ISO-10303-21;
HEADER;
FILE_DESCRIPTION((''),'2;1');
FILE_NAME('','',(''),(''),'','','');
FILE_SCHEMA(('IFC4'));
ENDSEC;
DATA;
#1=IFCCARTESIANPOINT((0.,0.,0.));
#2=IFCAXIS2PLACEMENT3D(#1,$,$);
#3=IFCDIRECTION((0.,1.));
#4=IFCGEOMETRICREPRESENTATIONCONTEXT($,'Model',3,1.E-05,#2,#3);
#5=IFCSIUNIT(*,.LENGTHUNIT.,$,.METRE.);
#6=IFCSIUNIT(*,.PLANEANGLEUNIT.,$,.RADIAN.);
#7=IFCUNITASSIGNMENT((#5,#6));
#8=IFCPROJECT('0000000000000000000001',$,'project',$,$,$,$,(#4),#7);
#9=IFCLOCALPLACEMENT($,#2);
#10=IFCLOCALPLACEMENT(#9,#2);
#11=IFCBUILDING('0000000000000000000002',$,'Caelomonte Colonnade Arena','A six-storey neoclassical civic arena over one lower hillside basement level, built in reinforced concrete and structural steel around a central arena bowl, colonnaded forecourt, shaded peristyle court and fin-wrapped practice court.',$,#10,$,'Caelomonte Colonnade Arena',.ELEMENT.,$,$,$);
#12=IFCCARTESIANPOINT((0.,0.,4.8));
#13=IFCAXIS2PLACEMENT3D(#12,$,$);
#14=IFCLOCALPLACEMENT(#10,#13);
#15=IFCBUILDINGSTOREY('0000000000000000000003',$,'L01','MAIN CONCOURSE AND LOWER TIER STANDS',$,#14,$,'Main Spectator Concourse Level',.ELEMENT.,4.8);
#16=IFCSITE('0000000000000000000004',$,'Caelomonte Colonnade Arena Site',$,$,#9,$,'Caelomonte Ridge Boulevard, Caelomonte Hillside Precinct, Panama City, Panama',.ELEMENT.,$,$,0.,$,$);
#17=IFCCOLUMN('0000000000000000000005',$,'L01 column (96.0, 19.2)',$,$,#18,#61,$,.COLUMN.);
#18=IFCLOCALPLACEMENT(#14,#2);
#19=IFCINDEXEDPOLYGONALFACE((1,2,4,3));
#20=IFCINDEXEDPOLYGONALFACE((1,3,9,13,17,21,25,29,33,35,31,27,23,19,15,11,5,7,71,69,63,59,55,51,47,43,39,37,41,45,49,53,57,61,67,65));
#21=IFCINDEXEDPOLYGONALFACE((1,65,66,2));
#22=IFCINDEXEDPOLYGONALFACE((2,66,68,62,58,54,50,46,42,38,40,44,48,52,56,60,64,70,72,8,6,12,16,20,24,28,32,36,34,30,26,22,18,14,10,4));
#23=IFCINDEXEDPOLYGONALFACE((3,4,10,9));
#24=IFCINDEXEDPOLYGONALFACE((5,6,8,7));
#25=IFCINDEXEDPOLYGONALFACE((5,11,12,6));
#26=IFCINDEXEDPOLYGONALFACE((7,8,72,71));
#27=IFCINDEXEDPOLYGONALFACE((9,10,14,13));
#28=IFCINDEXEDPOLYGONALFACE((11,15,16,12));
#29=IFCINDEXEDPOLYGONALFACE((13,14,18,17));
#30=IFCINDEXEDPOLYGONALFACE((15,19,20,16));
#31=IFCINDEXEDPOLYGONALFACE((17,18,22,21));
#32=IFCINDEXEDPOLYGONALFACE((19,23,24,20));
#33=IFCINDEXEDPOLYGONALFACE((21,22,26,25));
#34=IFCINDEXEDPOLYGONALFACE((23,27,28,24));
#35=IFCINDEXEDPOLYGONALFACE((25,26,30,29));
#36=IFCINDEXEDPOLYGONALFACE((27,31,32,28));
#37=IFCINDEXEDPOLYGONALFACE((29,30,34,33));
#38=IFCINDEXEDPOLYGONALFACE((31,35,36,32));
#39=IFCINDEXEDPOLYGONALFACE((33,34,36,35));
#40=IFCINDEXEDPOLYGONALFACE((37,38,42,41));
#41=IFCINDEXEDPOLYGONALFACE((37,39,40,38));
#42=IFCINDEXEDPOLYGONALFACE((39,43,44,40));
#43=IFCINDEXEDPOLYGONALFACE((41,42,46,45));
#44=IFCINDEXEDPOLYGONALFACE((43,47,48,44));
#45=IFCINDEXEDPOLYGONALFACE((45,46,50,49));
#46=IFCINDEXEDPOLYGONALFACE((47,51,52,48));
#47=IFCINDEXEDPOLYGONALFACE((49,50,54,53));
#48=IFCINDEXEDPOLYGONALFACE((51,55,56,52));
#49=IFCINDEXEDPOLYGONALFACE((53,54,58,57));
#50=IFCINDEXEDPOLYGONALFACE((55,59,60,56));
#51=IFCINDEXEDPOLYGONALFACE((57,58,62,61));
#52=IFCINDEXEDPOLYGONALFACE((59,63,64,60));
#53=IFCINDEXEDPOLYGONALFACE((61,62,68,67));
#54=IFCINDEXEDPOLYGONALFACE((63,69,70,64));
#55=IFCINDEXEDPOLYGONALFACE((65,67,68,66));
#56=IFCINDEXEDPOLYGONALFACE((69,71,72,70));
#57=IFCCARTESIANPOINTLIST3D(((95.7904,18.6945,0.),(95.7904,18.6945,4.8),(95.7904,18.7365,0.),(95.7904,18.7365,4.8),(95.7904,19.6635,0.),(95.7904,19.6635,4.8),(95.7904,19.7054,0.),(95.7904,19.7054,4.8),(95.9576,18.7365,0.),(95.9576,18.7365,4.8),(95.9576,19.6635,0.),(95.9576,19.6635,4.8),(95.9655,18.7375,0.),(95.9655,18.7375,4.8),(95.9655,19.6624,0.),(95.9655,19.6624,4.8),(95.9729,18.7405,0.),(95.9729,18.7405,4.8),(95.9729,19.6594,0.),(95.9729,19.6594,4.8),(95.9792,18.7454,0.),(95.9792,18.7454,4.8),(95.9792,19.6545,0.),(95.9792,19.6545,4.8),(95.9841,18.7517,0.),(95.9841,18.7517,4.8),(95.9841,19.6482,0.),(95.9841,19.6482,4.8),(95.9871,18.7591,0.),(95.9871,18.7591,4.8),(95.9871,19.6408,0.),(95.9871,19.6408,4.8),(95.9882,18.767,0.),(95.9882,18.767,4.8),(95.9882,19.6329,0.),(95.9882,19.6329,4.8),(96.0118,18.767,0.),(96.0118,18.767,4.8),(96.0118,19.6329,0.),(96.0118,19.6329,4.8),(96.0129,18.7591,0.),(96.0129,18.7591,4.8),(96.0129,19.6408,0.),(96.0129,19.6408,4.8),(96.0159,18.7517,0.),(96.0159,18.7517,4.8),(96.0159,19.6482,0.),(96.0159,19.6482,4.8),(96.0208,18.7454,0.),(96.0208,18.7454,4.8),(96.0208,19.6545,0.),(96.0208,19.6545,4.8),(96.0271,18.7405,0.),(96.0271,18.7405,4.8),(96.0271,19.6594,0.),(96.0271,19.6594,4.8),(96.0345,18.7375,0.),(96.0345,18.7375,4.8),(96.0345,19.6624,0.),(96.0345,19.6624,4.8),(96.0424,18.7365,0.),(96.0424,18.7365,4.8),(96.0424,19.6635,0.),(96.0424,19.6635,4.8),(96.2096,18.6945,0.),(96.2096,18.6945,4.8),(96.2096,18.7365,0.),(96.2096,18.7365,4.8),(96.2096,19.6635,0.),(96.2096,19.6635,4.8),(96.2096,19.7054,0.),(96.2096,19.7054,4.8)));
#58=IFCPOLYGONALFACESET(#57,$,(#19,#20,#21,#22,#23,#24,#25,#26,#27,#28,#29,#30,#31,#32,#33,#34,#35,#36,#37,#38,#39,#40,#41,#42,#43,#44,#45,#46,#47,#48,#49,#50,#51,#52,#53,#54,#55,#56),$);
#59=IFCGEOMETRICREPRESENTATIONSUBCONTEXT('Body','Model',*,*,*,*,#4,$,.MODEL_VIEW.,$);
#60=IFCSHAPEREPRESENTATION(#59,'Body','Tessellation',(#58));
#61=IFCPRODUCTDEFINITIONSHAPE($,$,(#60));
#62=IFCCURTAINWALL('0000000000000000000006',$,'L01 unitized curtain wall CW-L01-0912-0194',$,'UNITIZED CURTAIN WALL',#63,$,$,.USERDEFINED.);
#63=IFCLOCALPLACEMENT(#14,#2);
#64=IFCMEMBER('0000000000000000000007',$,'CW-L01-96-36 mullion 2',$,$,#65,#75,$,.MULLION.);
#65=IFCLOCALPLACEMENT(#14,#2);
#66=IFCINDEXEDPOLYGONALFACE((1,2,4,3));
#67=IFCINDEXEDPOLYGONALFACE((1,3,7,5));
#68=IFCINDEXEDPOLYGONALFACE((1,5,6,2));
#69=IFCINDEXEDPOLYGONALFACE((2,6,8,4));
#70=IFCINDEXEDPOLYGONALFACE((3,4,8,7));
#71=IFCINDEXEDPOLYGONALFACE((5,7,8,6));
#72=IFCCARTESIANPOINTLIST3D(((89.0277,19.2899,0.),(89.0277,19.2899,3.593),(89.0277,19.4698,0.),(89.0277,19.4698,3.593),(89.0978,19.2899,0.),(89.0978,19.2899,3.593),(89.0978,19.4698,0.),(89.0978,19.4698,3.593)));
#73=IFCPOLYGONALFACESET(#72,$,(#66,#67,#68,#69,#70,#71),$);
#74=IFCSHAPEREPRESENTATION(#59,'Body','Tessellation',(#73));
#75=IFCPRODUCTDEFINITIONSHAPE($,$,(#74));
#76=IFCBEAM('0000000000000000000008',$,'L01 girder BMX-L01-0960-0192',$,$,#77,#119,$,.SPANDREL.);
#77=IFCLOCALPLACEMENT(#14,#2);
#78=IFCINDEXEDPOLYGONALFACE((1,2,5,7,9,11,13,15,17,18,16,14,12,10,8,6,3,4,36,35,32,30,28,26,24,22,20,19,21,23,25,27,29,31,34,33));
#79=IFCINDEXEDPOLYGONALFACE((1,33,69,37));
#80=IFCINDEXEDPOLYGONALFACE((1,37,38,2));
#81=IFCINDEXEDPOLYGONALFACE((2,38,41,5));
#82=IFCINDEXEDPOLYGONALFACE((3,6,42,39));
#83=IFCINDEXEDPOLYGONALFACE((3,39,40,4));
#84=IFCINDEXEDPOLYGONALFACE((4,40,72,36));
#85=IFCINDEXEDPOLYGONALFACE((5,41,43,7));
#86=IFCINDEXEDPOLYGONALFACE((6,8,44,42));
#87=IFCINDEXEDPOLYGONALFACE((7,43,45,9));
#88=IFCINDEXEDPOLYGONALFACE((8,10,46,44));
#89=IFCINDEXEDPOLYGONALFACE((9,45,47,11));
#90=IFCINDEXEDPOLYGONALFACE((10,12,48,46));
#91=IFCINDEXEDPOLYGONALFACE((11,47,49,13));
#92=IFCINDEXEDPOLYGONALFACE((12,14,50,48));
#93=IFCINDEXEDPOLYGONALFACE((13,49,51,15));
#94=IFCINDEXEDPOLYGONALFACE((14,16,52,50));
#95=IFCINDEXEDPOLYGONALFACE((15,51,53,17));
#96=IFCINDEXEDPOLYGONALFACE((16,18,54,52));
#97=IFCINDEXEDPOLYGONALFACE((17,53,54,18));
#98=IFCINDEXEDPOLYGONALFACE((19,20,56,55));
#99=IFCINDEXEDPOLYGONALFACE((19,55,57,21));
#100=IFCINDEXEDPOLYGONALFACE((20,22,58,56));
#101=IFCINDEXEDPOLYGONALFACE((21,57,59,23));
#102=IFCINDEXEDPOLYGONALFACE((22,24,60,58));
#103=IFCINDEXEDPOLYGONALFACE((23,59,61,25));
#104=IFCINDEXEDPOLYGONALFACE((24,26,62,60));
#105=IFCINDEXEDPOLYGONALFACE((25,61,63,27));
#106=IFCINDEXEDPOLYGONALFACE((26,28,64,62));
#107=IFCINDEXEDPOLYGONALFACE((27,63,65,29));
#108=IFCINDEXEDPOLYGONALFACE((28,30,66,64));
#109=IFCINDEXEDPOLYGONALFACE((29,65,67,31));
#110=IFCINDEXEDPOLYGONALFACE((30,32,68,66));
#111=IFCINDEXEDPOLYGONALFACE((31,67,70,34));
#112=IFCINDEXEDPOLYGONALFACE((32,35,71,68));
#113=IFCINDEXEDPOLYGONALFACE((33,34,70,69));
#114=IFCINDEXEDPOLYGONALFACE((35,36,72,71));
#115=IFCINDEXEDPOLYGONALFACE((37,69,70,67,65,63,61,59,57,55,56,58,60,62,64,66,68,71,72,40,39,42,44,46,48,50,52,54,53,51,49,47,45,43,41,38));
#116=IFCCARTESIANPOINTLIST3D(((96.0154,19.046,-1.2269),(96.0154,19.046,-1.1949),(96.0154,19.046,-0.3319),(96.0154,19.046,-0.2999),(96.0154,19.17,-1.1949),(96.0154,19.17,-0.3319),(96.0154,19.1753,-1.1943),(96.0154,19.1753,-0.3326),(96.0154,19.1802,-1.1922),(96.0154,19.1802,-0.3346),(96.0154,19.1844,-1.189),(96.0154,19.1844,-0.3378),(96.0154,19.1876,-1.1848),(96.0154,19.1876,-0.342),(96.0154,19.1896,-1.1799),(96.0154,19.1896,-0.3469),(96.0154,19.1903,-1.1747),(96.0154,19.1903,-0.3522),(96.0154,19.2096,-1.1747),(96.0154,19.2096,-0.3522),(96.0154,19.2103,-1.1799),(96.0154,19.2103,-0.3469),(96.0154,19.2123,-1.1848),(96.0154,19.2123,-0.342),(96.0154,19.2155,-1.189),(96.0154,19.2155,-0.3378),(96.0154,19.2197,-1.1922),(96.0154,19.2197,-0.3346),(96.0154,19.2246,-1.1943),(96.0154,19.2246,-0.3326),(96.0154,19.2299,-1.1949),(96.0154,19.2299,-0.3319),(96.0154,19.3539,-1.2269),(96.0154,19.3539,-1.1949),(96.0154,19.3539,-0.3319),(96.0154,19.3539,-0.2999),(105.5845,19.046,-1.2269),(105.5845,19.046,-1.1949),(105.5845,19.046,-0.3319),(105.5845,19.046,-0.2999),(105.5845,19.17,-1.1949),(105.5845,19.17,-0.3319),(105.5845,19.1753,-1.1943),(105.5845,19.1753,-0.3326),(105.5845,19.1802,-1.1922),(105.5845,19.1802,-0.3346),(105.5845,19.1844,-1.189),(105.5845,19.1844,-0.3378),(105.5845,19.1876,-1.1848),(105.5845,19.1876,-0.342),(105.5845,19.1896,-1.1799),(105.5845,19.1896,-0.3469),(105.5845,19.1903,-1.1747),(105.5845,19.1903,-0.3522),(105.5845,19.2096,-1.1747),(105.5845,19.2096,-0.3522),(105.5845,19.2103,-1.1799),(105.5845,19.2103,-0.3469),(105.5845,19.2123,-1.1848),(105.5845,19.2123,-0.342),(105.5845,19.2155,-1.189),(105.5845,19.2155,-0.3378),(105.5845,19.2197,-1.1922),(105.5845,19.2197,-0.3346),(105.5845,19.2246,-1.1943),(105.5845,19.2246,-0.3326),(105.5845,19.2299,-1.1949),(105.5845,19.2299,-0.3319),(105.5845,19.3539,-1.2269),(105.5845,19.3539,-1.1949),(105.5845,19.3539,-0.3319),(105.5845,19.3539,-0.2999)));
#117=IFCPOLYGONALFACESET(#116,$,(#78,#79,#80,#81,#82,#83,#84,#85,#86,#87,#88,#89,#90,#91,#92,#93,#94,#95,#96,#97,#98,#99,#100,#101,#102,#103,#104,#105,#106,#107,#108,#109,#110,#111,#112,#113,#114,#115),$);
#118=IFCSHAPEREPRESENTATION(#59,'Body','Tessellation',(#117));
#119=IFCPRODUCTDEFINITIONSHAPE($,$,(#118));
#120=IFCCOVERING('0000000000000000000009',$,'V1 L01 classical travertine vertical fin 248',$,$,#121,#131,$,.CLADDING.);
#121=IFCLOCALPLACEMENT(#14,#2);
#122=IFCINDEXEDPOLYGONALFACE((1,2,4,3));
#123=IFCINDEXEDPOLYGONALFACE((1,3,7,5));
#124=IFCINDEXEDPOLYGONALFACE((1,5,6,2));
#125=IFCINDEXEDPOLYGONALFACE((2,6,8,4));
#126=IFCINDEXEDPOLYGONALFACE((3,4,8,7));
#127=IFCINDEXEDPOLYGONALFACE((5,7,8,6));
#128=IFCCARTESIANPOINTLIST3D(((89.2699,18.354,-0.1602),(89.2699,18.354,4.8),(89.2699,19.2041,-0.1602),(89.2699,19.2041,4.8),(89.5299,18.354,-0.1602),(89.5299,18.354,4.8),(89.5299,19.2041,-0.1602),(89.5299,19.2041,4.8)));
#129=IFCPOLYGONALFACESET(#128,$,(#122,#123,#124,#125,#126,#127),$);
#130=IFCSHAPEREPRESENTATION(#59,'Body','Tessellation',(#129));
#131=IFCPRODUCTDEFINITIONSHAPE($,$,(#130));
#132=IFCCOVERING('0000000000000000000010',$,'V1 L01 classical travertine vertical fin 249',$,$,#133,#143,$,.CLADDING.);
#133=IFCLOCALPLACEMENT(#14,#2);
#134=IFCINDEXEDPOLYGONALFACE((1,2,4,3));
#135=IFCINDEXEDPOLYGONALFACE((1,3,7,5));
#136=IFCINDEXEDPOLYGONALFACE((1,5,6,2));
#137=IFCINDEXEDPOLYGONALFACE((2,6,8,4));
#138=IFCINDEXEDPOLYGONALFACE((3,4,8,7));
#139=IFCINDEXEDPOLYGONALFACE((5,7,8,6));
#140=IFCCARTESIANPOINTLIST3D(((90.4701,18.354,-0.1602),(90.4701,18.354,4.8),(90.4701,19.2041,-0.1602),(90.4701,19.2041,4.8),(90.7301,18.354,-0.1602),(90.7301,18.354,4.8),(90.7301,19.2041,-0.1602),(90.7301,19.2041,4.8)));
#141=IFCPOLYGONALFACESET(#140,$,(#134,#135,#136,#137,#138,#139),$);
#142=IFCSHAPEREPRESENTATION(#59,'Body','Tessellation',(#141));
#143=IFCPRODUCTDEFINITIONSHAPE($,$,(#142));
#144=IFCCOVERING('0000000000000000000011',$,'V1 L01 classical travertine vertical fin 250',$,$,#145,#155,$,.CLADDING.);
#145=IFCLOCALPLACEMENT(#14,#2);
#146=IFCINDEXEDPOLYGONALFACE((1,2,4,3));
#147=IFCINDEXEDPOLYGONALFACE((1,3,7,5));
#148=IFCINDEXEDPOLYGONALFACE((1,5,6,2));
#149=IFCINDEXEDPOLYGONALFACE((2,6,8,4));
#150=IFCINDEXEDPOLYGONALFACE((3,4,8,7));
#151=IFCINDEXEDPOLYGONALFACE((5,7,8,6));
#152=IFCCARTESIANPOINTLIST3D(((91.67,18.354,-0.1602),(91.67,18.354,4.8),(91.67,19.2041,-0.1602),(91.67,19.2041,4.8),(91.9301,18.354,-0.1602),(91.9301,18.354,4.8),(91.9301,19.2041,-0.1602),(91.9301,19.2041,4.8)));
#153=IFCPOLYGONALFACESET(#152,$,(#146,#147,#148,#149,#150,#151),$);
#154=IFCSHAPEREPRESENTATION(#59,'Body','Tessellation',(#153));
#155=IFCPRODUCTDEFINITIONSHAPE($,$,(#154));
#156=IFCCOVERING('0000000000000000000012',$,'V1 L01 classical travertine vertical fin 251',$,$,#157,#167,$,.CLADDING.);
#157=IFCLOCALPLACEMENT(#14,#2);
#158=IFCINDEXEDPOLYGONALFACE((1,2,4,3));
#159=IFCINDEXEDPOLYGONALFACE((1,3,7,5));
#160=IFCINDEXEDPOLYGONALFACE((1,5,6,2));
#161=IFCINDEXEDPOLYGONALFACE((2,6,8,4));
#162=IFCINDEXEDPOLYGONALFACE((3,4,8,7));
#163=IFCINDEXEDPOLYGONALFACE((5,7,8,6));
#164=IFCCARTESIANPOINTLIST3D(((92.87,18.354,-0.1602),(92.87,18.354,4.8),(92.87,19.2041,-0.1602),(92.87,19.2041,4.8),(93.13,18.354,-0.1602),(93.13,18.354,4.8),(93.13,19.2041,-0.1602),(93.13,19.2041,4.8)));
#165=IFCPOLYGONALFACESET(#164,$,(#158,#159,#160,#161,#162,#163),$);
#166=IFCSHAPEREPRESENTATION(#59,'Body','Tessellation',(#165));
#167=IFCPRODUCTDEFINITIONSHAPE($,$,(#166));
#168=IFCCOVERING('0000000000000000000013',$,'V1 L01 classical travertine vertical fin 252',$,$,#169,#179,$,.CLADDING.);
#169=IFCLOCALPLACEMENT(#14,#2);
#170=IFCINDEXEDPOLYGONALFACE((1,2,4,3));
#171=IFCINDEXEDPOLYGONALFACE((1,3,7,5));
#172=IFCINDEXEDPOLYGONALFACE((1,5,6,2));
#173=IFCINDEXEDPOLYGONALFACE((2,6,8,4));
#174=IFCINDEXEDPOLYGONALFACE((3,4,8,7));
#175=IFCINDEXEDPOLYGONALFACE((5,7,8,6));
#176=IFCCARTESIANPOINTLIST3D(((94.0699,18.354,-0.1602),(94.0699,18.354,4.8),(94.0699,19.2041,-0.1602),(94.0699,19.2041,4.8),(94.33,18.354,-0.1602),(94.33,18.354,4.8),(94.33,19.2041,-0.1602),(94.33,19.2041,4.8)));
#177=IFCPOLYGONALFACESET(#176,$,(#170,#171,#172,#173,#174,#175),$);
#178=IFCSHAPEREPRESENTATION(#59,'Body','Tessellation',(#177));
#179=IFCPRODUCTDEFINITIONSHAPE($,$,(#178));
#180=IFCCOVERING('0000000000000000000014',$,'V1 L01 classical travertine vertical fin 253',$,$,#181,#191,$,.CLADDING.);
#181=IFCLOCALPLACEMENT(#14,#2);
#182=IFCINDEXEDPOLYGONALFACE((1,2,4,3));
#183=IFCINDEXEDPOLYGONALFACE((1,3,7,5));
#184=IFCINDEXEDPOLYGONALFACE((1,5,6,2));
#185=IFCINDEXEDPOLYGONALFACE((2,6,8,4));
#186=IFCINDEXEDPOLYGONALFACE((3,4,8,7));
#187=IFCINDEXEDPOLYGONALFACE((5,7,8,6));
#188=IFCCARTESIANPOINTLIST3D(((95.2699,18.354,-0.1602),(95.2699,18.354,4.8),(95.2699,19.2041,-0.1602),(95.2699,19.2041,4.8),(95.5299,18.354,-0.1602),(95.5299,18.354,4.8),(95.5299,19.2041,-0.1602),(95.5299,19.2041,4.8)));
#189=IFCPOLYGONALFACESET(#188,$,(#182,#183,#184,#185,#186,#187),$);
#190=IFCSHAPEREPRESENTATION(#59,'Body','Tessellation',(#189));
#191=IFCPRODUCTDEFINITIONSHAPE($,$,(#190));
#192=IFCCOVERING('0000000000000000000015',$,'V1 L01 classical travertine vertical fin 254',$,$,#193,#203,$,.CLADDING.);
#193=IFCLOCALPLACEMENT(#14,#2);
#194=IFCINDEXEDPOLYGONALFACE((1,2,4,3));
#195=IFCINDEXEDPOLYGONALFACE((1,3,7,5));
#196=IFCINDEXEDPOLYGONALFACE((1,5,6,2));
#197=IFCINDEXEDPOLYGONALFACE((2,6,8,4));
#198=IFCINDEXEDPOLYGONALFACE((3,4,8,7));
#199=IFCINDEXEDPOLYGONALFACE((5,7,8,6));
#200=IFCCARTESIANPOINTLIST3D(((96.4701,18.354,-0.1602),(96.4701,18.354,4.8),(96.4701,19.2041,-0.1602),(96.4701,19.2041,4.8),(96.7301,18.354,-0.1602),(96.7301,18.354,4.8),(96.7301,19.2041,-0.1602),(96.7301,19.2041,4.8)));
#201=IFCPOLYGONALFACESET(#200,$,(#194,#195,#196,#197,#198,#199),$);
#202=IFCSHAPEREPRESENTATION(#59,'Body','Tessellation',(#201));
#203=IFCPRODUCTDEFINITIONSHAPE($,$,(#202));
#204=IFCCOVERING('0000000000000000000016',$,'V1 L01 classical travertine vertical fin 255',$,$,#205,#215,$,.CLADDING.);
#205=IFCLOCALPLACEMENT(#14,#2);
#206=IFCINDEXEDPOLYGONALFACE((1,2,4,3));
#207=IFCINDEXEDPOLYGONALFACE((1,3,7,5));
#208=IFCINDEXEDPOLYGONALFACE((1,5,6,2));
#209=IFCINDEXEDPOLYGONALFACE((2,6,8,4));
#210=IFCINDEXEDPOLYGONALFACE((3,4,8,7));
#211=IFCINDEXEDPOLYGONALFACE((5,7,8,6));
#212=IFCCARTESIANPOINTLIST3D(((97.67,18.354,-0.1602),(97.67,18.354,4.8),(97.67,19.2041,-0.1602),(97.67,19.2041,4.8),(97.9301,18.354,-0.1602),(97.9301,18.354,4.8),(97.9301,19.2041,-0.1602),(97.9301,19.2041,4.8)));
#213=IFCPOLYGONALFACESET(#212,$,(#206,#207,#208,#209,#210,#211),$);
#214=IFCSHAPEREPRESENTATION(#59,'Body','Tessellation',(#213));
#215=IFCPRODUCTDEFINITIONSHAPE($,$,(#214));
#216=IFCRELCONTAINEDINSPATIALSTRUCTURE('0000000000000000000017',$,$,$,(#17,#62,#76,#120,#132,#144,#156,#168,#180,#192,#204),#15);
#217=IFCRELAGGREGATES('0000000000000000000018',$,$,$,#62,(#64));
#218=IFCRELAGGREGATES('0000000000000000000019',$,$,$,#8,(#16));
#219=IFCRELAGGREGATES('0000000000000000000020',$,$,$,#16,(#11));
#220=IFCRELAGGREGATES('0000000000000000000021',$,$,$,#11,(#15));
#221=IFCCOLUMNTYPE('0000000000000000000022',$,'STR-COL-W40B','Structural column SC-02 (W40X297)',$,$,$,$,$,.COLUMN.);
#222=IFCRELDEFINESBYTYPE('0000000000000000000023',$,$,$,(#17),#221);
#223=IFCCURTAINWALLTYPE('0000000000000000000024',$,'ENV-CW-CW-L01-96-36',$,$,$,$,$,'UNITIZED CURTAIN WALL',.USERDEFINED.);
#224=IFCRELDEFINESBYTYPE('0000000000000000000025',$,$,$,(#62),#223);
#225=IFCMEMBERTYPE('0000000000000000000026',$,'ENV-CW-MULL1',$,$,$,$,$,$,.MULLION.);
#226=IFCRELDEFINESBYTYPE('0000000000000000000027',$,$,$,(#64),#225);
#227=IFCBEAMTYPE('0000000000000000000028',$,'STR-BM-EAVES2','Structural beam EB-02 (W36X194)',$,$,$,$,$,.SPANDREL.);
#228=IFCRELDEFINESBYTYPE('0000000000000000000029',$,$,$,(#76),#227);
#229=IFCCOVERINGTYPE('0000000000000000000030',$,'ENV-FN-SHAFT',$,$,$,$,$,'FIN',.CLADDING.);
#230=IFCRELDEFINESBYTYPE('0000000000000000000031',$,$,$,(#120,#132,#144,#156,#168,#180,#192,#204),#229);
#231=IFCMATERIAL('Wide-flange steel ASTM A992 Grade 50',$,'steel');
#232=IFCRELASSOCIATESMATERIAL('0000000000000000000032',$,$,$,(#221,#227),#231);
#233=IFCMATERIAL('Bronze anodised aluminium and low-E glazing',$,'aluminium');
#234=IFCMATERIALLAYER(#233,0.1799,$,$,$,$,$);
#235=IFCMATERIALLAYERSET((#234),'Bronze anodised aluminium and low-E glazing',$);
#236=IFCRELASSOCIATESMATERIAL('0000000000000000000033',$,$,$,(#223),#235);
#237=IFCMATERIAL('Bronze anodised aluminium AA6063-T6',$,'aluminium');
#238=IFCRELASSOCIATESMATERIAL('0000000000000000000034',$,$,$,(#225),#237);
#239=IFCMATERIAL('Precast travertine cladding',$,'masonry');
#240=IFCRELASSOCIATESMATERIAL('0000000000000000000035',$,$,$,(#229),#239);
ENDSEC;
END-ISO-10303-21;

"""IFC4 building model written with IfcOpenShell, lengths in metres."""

from ifc_helpers import new_model, si_unit, direction, frame, origin, origin_2d, place, context, subcontext, project, spatial, rectangle, i_section, extrude, material, layer, layer_set, material_profile, profile_set, type_object, element, aggregate, save


model = new_model("IFC4")

# Units and contexts
model_context = context("Model", 3, precision=1e-05, world=origin(), true_north=direction((0.0, 1.0)))
body_context = subcontext(model_context, "Body", "Model", "MODEL_VIEW")
ifc_project = project(units=[si_unit("LENGTHUNIT", "METRE"), si_unit("PLANEANGLEUNIT", "RADIAN")], contexts=[model_context])

# Site, building, storey
site_placement = place(None, origin())
site = spatial("IfcSite", under=ifc_project, at=site_placement, Name="Caelomonte Colonnade Arena Site", LongName="Caelomonte Ridge Boulevard, Caelomonte Hillside Precinct, Panama City, Panama", CompositionType="ELEMENT", RefElevation=0.0)
building_placement = place(site_placement, origin())
building = spatial("IfcBuilding", under=site, at=building_placement, Name="Caelomonte Colonnade Arena", Description="A six-storey neoclassical civic arena over one lower hillside basement level, built in reinforced concrete and structural steel around a central arena bowl, colonnaded forecourt, shaded peristyle court and fin-wrapped practice court.", LongName="Caelomonte Colonnade Arena", CompositionType="ELEMENT")
storey_placement = place(building_placement, frame((0.0, 0.0, 4.8)))
storey = spatial("IfcBuildingStorey", under=building, at=storey_placement, Name="L01", Description="MAIN CONCOURSE AND LOWER TIER STANDS", LongName="Main Spectator Concourse Level", CompositionType="ELEMENT", Elevation=4.8)

# Column
ifc_material_1 = material(Name="Wide-flange steel ASTM A992 Grade 50", Category="steel")
ifc_material_profile_1 = material_profile(ifc_material_1, i_section(OverallWidth=0.4192, OverallDepth=1.011, WebThickness=0.0237, FlangeThickness=0.042, FilletRadius=0.0305, at=origin_2d()), Name="W40X297")
ifc_profile_set_1 = profile_set([ifc_material_profile_1], Name="Wide-flange steel ASTM A992 Grade 50")
column_type = type_object("IfcColumnType", Name="STR-COL-W40B", Description="Structural column SC-02 (W40X297)", PredefinedType="COLUMN", material=ifc_profile_set_1)
column_placement = place(storey_placement, frame((96.0, 19.2, 0.0), z_axis=(0.0, 0.0, 1.0), x_axis=(1.0, 0.0, 0.0)))
element("IfcColumn", 1, at=column_placement, inside=storey, type_object=column_type, Name="L01 column (96.0, 19.2)", PredefinedType="COLUMN", context=body_context, shape_type="SweptSolid", body=[
    extrude(i_section(OverallWidth=0.4192, OverallDepth=1.011, WebThickness=0.0237, FlangeThickness=0.042, FilletRadius=0.0305, at=origin_2d()), origin(), (0.0, 0.0, 1.0), 4.8),
])

# Curtain wall, member
ifc_material_2 = material(Name="Bronze anodised aluminium and low-E glazing", Category="aluminium")
ifc_layer = layer(ifc_material_2, 0.1799)
ifc_layer_set = layer_set([ifc_layer], Name="Bronze anodised aluminium and low-E glazing")
curtain_wall_type = type_object("IfcCurtainWallType", Name="ENV-CW-CW-L01-96-36", ElementType="UNITIZED CURTAIN WALL", PredefinedType="USERDEFINED", material=ifc_layer_set)
curtain_wall_placement = place(storey_placement, origin())
curtain_wall = element("IfcCurtainWall", 2, at=curtain_wall_placement, inside=storey, type_object=curtain_wall_type, Name="L01 unitized curtain wall CW-L01-0912-0194", ObjectType="UNITIZED CURTAIN WALL", PredefinedType="USERDEFINED")
ifc_material_3 = material(Name="Bronze anodised aluminium AA6063-T6", Category="aluminium")
ifc_material_profile_2 = material_profile(ifc_material_3, rectangle(XDim=0.0701, YDim=0.1799, at=origin_2d()), Name="CWM-70X180")
ifc_profile_set_2 = profile_set([ifc_material_profile_2], Name="Bronze anodised aluminium AA6063-T6")
member_type = type_object("IfcMemberType", Name="ENV-CW-MULL1", PredefinedType="MULLION", material=ifc_profile_set_2)
member_placement = place(storey_placement, frame((89.0627, 19.3799, 0.0), z_axis=(0.0, 0.0, 1.0), x_axis=(1.0, 0.0, 0.0)))
member = element("IfcMember", 3, at=member_placement, type_object=member_type, Name="CW-L01-96-36 mullion 2", PredefinedType="MULLION", context=body_context, shape_type="SweptSolid", body=[
    extrude(rectangle(XDim=0.0701, YDim=0.1799, at=origin_2d()), origin(), (0.0, 0.0, 1.0), 3.593),
])
aggregate(curtain_wall, [member])

# Beam
ifc_material_profile_3 = material_profile(ifc_material_1, i_section(OverallWidth=0.3079, OverallDepth=0.927, WebThickness=0.0193, FlangeThickness=0.032, FilletRadius=0.0203, at=origin_2d()), Name="W36X194")
ifc_profile_set_3 = profile_set([ifc_material_profile_3], Name="Wide-flange steel ASTM A992 Grade 50")
beam_type = type_object("IfcBeamType", Name="STR-BM-EAVES2", Description="Structural beam EB-02 (W36X194)", PredefinedType="SPANDREL", material=ifc_profile_set_3)
beam_placement = place(storey_placement, frame((96.0154, 19.2, -0.7634), z_axis=(1.0, 0.0, 0.0), x_axis=(0.0, 1.0, 0.0)))
element("IfcBeam", 4, at=beam_placement, inside=storey, type_object=beam_type, Name="L01 girder BMX-L01-0960-0192", PredefinedType="SPANDREL", context=body_context, shape_type="SweptSolid", body=[
    extrude(i_section(OverallWidth=0.3079, OverallDepth=0.927, WebThickness=0.0193, FlangeThickness=0.032, FilletRadius=0.0203, at=origin_2d()), origin(), (0.0, 0.0, 1.0), 9.5691),
])

# Coverings
ifc_material_4 = material(Name="Precast travertine cladding", Category="masonry")
ifc_material_profile_4 = material_profile(ifc_material_4, rectangle(XDim=0.26, YDim=0.8501, at=origin_2d()), Name="FIN260X850")
ifc_profile_set_4 = profile_set([ifc_material_profile_4], Name="Precast travertine cladding")
covering_type = type_object("IfcCoveringType", Name="ENV-FN-SHAFT", ElementType="FIN", PredefinedType="CLADDING", material=ifc_profile_set_4)
for number, where, z_axis, x_axis, name in (
    (5, (89.3999, 18.7791, -0.1602), (0.0, 0.0, 1.0), (-1.0, 0.0, 0.0), "V1 L01 classical travertine vertical fin 248"),
    (6, (90.6001, 18.7791, -0.1602), (0.0, 0.0, 1.0), (-1.0, 0.0, 0.0), "V1 L01 classical travertine vertical fin 249"),
    (7, (91.8, 18.7791, -0.1602), (0.0, 0.0, 1.0), (-1.0, 0.0, 0.0), "V1 L01 classical travertine vertical fin 250"),
    (8, (93.0, 18.7791, -0.1602), (0.0, 0.0, 1.0), (-1.0, 0.0, 0.0), "V1 L01 classical travertine vertical fin 251"),
    (9, (94.2, 18.7791, -0.1602), (0.0, 0.0, 1.0), (-1.0, 0.0, 0.0), "V1 L01 classical travertine vertical fin 252"),
    (10, (95.3999, 18.7791, -0.1602), (0.0, 0.0, 1.0), (-1.0, 0.0, 0.0), "V1 L01 classical travertine vertical fin 253"),
    (11, (96.6001, 18.7791, -0.1602), (0.0, 0.0, 1.0), (-1.0, 0.0, 0.0), "V1 L01 classical travertine vertical fin 254"),
    (12, (97.8, 18.7791, -0.1602), (0.0, 0.0, 1.0), (-1.0, 0.0, 0.0), "V1 L01 classical travertine vertical fin 255"),
):
    element("IfcCovering", number, at=place(storey_placement, frame(where, z_axis=z_axis, x_axis=x_axis)), inside=storey, type_object=covering_type, Name=name, PredefinedType="CLADDING", context=body_context, shape_type="SweptSolid", body=[
        extrude(rectangle(XDim=0.26, YDim=0.8501, at=origin_2d()), origin(), (0.0, 0.0, 1.0), 4.9602),
    ])

save(model, "model.ifc")
